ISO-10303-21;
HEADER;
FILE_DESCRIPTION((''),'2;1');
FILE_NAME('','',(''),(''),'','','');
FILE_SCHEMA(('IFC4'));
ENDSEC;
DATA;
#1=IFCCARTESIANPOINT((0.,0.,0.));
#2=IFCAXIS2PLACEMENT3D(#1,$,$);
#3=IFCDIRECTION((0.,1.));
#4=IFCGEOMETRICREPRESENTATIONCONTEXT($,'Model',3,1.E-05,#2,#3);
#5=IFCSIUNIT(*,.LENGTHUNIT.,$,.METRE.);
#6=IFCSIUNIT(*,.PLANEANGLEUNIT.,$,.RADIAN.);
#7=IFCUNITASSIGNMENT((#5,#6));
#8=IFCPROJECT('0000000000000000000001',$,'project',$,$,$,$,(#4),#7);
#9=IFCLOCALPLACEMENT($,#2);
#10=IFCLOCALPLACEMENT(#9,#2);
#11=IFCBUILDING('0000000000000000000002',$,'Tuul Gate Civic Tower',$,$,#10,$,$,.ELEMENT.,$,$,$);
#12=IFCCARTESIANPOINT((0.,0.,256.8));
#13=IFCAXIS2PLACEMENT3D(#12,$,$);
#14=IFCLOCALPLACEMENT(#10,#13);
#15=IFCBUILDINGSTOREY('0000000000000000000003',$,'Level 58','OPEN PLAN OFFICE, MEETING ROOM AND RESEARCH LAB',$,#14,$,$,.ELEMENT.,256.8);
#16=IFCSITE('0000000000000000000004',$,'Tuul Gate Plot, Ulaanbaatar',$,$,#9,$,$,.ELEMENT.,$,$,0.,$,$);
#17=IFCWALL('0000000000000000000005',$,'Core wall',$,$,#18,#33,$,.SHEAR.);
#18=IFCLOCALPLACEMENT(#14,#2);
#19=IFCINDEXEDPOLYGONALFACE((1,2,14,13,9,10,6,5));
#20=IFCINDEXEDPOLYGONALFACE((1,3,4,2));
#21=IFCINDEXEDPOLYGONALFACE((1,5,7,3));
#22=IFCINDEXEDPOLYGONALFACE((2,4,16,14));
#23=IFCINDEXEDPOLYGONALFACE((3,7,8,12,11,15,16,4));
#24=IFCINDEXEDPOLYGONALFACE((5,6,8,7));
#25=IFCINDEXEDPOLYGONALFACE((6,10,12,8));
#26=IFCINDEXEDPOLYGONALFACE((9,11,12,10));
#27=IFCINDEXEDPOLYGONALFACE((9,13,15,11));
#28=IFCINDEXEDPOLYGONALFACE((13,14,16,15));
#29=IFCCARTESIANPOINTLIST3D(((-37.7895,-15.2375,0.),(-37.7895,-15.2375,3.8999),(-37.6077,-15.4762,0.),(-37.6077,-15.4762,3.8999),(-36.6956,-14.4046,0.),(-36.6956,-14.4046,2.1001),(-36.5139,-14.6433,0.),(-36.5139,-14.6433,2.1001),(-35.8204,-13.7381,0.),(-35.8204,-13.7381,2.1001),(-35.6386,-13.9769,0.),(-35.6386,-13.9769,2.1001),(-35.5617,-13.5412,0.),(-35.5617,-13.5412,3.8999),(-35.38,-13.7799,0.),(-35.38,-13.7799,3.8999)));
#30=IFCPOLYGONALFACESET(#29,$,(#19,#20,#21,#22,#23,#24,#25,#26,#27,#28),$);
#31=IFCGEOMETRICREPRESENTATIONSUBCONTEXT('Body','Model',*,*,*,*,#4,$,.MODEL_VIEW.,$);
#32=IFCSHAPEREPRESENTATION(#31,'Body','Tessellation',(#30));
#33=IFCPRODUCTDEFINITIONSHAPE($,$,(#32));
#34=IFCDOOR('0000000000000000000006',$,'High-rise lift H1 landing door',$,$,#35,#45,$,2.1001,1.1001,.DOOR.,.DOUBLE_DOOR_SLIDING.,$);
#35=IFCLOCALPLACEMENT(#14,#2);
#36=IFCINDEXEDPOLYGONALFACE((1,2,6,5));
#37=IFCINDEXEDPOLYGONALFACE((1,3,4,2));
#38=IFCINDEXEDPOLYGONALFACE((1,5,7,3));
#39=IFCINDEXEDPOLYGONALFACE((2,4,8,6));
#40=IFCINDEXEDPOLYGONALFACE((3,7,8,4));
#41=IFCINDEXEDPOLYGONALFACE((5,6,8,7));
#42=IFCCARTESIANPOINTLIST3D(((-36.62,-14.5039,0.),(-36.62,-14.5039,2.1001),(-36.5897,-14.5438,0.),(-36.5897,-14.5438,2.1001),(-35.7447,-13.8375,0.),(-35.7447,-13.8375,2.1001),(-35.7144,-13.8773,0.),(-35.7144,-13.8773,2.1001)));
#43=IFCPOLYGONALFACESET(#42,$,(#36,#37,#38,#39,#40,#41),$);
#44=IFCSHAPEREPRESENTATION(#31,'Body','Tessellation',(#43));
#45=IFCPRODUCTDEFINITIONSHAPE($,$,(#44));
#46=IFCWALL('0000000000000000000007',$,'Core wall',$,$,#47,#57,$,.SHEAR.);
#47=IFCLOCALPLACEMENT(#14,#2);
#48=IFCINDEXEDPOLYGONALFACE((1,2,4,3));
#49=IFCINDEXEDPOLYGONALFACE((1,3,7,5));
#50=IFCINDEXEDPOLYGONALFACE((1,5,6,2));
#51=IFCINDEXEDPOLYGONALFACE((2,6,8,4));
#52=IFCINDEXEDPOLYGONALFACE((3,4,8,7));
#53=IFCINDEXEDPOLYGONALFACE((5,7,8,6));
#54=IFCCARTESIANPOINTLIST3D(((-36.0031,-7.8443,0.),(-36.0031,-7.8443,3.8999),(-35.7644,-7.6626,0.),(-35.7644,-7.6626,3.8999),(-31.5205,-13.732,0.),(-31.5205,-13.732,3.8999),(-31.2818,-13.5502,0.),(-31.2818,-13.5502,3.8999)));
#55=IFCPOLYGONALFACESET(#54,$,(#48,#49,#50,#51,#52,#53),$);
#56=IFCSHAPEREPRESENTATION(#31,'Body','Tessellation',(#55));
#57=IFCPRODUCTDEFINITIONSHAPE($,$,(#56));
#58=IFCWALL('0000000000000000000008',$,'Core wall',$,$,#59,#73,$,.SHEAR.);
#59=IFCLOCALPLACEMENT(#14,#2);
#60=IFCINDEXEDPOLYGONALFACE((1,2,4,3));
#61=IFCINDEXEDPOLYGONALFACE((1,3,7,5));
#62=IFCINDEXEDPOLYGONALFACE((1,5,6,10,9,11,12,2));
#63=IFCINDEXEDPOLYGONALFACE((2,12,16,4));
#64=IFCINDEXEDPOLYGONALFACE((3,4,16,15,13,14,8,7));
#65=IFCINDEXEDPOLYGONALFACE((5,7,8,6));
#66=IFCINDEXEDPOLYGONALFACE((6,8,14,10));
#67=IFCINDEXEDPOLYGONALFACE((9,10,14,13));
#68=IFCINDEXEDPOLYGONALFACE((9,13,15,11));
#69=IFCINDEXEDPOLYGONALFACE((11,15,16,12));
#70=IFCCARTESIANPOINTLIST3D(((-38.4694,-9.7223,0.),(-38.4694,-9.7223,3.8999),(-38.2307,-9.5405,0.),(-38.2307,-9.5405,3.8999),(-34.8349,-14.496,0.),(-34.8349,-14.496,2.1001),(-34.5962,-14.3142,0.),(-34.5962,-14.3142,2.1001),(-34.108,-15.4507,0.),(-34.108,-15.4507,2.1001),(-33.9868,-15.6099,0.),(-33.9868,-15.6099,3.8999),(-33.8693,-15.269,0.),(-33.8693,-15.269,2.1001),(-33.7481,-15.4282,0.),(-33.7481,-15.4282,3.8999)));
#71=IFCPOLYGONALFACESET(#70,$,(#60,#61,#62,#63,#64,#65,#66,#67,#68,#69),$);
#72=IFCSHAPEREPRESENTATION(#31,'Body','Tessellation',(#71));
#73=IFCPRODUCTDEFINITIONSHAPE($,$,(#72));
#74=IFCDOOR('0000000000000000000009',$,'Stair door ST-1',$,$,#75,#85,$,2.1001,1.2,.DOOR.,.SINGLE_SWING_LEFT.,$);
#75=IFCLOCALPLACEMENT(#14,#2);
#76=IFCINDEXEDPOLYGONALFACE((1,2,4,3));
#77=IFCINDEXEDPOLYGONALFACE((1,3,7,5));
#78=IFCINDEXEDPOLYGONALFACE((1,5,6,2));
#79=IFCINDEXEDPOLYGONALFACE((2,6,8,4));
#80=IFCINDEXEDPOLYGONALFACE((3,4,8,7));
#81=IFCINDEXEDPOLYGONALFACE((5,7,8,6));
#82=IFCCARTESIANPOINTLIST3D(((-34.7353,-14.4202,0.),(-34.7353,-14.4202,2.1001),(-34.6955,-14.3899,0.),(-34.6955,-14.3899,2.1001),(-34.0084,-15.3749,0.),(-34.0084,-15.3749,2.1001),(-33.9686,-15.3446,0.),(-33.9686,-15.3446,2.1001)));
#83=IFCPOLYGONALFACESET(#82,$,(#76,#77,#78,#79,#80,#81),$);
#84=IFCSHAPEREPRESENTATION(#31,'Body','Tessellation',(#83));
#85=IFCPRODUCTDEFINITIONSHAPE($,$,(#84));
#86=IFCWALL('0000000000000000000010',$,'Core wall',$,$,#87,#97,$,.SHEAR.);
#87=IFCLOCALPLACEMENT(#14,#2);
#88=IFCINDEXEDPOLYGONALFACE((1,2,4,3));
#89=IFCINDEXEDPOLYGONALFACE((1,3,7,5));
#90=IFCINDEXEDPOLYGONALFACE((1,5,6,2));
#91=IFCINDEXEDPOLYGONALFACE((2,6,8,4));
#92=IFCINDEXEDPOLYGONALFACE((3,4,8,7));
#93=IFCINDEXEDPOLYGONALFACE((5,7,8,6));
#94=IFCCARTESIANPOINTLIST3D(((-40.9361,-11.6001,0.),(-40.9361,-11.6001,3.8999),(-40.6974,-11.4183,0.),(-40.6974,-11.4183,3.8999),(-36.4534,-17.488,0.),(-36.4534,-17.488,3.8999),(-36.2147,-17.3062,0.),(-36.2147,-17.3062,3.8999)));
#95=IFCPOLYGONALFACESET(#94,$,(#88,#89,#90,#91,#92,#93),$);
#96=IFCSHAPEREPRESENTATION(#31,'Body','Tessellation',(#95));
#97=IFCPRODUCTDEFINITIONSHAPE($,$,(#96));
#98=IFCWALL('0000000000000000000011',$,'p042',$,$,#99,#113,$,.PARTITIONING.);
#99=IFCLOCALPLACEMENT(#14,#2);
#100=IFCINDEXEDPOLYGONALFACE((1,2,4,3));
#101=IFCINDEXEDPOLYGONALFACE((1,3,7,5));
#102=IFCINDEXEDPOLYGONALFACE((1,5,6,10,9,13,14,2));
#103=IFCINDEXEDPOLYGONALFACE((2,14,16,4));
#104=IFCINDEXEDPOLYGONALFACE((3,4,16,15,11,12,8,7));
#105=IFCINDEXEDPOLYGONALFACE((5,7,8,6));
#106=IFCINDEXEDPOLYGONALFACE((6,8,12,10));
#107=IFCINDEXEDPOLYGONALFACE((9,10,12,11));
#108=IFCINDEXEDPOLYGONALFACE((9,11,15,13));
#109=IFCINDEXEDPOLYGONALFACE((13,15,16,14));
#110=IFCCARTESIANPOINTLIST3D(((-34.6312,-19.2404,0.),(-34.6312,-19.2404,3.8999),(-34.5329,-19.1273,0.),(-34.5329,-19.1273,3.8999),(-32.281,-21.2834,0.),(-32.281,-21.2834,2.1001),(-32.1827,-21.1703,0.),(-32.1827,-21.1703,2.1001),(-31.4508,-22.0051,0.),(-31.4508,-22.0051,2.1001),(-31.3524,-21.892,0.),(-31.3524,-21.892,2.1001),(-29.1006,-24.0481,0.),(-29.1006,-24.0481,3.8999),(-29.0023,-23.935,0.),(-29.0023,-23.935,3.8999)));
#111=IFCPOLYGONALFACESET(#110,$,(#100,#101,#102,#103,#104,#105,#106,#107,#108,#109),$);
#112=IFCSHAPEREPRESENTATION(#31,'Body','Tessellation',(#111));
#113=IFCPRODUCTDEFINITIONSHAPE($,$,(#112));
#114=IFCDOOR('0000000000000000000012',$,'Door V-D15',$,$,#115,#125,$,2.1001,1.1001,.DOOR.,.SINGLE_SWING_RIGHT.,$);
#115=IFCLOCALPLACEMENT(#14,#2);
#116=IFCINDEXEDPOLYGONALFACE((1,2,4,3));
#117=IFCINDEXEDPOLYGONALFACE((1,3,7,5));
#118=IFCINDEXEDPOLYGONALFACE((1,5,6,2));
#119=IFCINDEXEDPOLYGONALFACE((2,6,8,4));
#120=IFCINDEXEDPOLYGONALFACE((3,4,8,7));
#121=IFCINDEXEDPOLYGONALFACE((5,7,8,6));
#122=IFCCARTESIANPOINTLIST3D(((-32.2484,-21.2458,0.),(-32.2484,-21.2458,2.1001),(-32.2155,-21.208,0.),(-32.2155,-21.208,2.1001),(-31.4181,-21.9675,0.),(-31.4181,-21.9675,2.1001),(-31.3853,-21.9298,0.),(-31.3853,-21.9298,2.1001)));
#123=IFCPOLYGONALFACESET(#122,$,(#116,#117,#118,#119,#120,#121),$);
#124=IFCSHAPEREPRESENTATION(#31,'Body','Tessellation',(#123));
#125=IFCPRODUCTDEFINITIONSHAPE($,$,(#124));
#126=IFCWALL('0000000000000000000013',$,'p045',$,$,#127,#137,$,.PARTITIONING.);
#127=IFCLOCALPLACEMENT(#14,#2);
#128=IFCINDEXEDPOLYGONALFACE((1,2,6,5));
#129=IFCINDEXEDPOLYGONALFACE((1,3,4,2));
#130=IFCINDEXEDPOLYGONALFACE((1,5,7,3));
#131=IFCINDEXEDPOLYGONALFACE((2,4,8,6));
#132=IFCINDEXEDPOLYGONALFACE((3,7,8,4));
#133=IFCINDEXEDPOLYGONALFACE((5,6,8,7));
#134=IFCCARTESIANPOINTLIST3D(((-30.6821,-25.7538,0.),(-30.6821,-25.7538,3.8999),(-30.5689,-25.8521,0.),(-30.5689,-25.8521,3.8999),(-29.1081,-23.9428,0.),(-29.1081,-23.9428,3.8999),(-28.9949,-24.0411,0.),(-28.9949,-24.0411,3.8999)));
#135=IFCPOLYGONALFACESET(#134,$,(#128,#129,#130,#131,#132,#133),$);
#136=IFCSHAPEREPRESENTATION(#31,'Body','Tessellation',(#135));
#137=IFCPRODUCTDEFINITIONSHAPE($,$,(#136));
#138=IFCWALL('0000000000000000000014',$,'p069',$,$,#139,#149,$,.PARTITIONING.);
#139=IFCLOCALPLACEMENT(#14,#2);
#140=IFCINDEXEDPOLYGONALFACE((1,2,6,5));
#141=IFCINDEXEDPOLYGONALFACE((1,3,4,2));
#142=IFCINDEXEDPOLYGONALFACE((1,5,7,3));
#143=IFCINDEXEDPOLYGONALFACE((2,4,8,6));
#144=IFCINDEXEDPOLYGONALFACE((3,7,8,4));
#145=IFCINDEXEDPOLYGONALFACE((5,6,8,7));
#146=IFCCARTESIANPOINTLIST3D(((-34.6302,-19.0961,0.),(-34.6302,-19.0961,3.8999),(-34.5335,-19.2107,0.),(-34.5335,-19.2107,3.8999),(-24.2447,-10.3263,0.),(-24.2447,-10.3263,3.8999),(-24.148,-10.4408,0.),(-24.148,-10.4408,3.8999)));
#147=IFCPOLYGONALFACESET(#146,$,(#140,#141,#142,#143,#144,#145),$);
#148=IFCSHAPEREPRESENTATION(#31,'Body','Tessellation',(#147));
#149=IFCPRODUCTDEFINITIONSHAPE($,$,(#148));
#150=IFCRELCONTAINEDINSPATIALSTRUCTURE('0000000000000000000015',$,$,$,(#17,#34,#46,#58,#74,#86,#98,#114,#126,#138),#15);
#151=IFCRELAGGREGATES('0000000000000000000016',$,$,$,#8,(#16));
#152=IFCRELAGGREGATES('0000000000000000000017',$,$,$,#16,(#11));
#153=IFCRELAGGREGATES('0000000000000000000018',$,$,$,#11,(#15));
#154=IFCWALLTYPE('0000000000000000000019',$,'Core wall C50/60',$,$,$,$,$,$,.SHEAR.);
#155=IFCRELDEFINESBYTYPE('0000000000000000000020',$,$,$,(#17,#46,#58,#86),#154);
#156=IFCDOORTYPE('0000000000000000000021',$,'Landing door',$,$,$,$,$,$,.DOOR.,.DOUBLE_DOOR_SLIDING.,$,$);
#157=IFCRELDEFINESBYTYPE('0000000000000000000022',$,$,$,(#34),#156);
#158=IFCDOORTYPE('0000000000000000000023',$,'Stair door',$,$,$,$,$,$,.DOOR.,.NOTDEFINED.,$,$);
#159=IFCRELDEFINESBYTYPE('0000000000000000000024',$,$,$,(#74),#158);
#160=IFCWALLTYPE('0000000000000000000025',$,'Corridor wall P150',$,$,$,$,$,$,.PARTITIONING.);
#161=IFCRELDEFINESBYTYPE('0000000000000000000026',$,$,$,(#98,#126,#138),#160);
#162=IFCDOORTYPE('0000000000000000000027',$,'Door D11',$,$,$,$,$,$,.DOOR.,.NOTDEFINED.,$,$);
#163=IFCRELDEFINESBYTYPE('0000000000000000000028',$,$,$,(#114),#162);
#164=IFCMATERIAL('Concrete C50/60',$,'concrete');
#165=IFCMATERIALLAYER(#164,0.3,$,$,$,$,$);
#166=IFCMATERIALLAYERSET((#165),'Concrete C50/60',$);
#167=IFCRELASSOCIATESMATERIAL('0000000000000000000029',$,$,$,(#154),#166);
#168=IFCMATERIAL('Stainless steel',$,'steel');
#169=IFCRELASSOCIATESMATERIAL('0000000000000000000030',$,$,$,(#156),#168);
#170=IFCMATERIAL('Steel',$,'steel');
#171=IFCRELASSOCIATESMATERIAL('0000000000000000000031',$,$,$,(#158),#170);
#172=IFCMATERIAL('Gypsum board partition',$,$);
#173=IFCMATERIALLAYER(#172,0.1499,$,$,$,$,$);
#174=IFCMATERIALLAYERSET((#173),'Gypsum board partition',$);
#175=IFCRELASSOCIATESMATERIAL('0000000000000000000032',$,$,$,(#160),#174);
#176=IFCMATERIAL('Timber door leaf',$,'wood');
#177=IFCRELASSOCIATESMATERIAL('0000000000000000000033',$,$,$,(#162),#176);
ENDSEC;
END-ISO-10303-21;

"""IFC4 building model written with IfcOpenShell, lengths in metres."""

from ifc_helpers import new_model, si_unit, direction, frame, frame_2d, origin, place, context, subcontext, project, spatial, rectangle, extrude, material, layer, layer_set, type_object, element, fill, save


model = new_model("IFC4")

# Units and contexts
model_context = context("Model", 3, precision=1e-05, world=origin(), true_north=direction((0.0, 1.0)))
body_context = subcontext(model_context, "Body", "Model", "MODEL_VIEW")
ifc_project = project(units=[si_unit("LENGTHUNIT", "METRE"), si_unit("PLANEANGLEUNIT", "RADIAN")], contexts=[model_context])

# Site, building, storey
site_placement = place(None, origin())
site = spatial("IfcSite", under=ifc_project, at=site_placement, Name="Tuul Gate Plot, Ulaanbaatar", CompositionType="ELEMENT", RefElevation=0.0)
building_placement = place(site_placement, origin())
building = spatial("IfcBuilding", under=site, at=building_placement, Name="Tuul Gate Civic Tower", CompositionType="ELEMENT")
storey_placement = place(building_placement, frame((0.0, 0.0, 256.8)))
storey = spatial("IfcBuildingStorey", under=building, at=storey_placement, Name="Level 58", Description="OPEN PLAN OFFICE, MEETING ROOM AND RESEARCH LAB", CompositionType="ELEMENT", Elevation=256.8)

# Wall, opening, door
ifc_material_1 = material(Name="Concrete C50/60", Category="concrete")
ifc_layer_1 = layer(ifc_material_1, 0.3)
ifc_layer_set_1 = layer_set([ifc_layer_1], Name="Concrete C50/60")
wall_type_1 = type_object("IfcWallType", Name="Core wall C50/60", PredefinedType="SHEAR", material=ifc_layer_set_1)
wall_1_placement = place(storey_placement, frame((-35.4709, -13.6606, 0.0), z_axis=(0.0, 0.0, 1.0), x_axis=(-0.795616, -0.605802, 0.0)))
wall_1 = element("IfcWall", 1, at=wall_1_placement, inside=storey, type_object=wall_type_1, Name="Core wall", PredefinedType="SHEAR", context=body_context, shape_type="SweptSolid", body=[
    extrude(rectangle(XDim=2.8, YDim=0.3, at=frame_2d((1.3999, 0.0))), origin(), (0.0, 0.0, 1.0), 3.8999),
])
opening_1_placement = place(wall_1_placement, frame((0.325, 0.0, 0.0)))
opening_1 = element("IfcOpeningElement", 2, at=opening_1_placement, cuts=wall_1, PredefinedType="OPENING", context=body_context, shape_type="SweptSolid", body=[
    extrude(rectangle(XDim=1.1001, YDim=2.1001, at=frame_2d((0.55, 1.05))), frame((0.0, 0.1602, 0.0), z_axis=(0.0, -1.0, 0.0), x_axis=(1.0, 0.0, 0.0)), (0.0, 0.0, 1.0), 0.3201),
])
ifc_material_2 = material(Name="Stainless steel", Category="steel")
door_type_1 = type_object("IfcDoorType", Name="Landing door", OperationType="DOUBLE_DOOR_SLIDING", PredefinedType="DOOR", material=ifc_material_2)
door_1_placement = place(opening_1_placement, origin())
door_1 = element("IfcDoor", 3, at=door_1_placement, inside=storey, type_object=door_type_1, Name="High-rise lift H1 landing door", OperationType="DOUBLE_DOOR_SLIDING", OverallHeight=2.1001, OverallWidth=1.1001, PredefinedType="DOOR", context=body_context, shape_type="SweptSolid", body=[
    extrude(rectangle(XDim=1.1001, YDim=2.1001, at=frame_2d((0.55, 1.05))), frame((0.0, 0.0249, 0.0), z_axis=(0.0, -1.0, 0.0), x_axis=(1.0, 0.0, 0.0)), (0.0, 0.0, 1.0), 0.05),
])
fill(opening_1, door_1)

# Wall
wall_2_placement = place(storey_placement, frame((-31.4011, -13.6411, 0.0), z_axis=(0.0, 0.0, 1.0), x_axis=(-0.60577, 0.79564, 0.0)))
element("IfcWall", 4, at=wall_2_placement, inside=storey, type_object=wall_type_1, Name="Core wall", PredefinedType="SHEAR", context=body_context, shape_type="SweptSolid", body=[
    extrude(rectangle(XDim=7.3999, YDim=0.3, at=frame_2d((3.7, 0.0))), origin(), (0.0, 0.0, 1.0), 3.8999),
])

# Wall, opening, door
wall_3_placement = place(storey_placement, frame((-33.8674, -15.519, 0.0), z_axis=(0.0, 0.0, 1.0), x_axis=(-0.60577, 0.79564, 0.0)))
wall_3 = element("IfcWall", 5, at=wall_3_placement, inside=storey, type_object=wall_type_1, Name="Core wall", PredefinedType="SHEAR", context=body_context, shape_type="SweptSolid", body=[
    extrude(rectangle(XDim=7.3999, YDim=0.3, at=frame_2d((3.7, 0.0))), origin(), (0.0, 0.0, 1.0), 3.8999),
])
opening_2_placement = place(wall_3_placement, frame((0.2, 0.0, 0.0)))
opening_2 = element("IfcOpeningElement", 6, at=opening_2_placement, cuts=wall_3, PredefinedType="OPENING", context=body_context, shape_type="SweptSolid", body=[
    extrude(rectangle(XDim=1.2, YDim=2.1001, at=frame_2d((0.6001, 1.05))), frame((0.0, 0.1602, 0.0), z_axis=(0.0, -1.0, 0.0), x_axis=(1.0, 0.0, 0.0)), (0.0, 0.0, 1.0), 0.3201),
])
ifc_material_3 = material(Name="Steel", Category="steel")
door_type_2 = type_object("IfcDoorType", Name="Stair door", OperationType="NOTDEFINED", PredefinedType="DOOR", material=ifc_material_3)
door_2_placement = place(opening_2_placement, origin())
door_2 = element("IfcDoor", 7, at=door_2_placement, inside=storey, type_object=door_type_2, Name="Stair door ST-1", OperationType="SINGLE_SWING_LEFT", OverallHeight=2.1001, OverallWidth=1.2, PredefinedType="DOOR", context=body_context, shape_type="SweptSolid", body=[
    extrude(rectangle(XDim=1.2, YDim=2.1001, at=frame_2d((0.6001, 1.05))), frame((0.0, 0.0249, 0.0), z_axis=(0.0, -1.0, 0.0), x_axis=(1.0, 0.0, 0.0)), (0.0, 0.0, 1.0), 0.05),
])
fill(opening_2, door_2)

# Wall
wall_4_placement = place(storey_placement, frame((-36.334, -17.3972, 0.0), z_axis=(0.0, 0.0, 1.0), x_axis=(-0.605754, 0.795652, 0.0)))
element("IfcWall", 8, at=wall_4_placement, inside=storey, type_object=wall_type_1, Name="Core wall", PredefinedType="SHEAR", context=body_context, shape_type="SweptSolid", body=[
    extrude(rectangle(XDim=7.4001, YDim=0.3, at=frame_2d((3.7002, 0.0))), origin(), (0.0, 0.0, 1.0), 3.8999),
])

# Wall, opening, door
ifc_material_4 = material(Name="Gypsum board partition")
ifc_layer_2 = layer(ifc_material_4, 0.1499)
ifc_layer_set_2 = layer_set([ifc_layer_2], Name="Gypsum board partition")
wall_type_2 = type_object("IfcWallType", Name="Corridor wall P150", PredefinedType="PARTITIONING", material=ifc_layer_set_2)
wall_5_placement = place(storey_placement, frame((-34.582, -19.1838, 0.0), z_axis=(0.0, 0.0, 1.0), x_axis=(0.754709, -0.65606, 0.0)))
wall_5 = element("IfcWall", 9, at=wall_5_placement, inside=storey, type_object=wall_type_2, Name="p042", PredefinedType="PARTITIONING", context=body_context, shape_type="SweptSolid", body=[
    extrude(rectangle(XDim=7.3281, YDim=0.1499, at=frame_2d((3.6641, 0.0))), origin(), (0.0, 0.0, 1.0), 3.8999),
])
opening_3_placement = place(wall_5_placement, frame((3.114, 0.0, 0.0)))
opening_3 = element("IfcOpeningElement", 10, at=opening_3_placement, cuts=wall_5, PredefinedType="OPENING", context=body_context, shape_type="SweptSolid", body=[
    extrude(rectangle(XDim=1.1001, YDim=2.1001, at=frame_2d((0.55, 1.05))), frame((0.0, 0.085, 0.0), z_axis=(0.0, -1.0, 0.0), x_axis=(1.0, 0.0, 0.0)), (0.0, 0.0, 1.0), 0.1699),
])
ifc_material_5 = material(Name="Timber door leaf", Category="wood")
door_type_3 = type_object("IfcDoorType", Name="Door D11", OperationType="NOTDEFINED", PredefinedType="DOOR", material=ifc_material_5)
door_3_placement = place(opening_3_placement, origin())
door_3 = element("IfcDoor", 11, at=door_3_placement, inside=storey, type_object=door_type_3, Name="Door V-D15", OperationType="SINGLE_SWING_RIGHT", OverallHeight=2.1001, OverallWidth=1.1001, PredefinedType="DOOR", context=body_context, shape_type="SweptSolid", body=[
    extrude(rectangle(XDim=1.1001, YDim=2.1001, at=frame_2d((0.55, 1.05))), frame((0.0, 0.0249, 0.0), z_axis=(0.0, -1.0, 0.0), x_axis=(1.0, 0.0, 0.0)), (0.0, 0.0, 1.0), 0.05),
])
fill(opening_3, door_3)

# Walls
wall_6_placement = place(storey_placement, frame((-30.6255, -25.803, 0.0), z_axis=(0.0, 0.0, 1.0), x_axis=(0.65598, 0.754779, 0.0)))
element("IfcWall", 12, at=wall_6_placement, inside=storey, type_object=wall_type_2, Name="p045", PredefinedType="PARTITIONING", context=body_context, shape_type="SweptSolid", body=[
    extrude(rectangle(XDim=2.3994, YDim=0.1499, at=frame_2d((1.1997, 0.0))), origin(), (0.0, 0.0, 1.0), 3.8999),
])
wall_7_placement = place(storey_placement, frame((-34.5818, -19.1533, 0.0), z_axis=(0.0, 0.0, 1.0), x_axis=(0.764037, 0.645172, 0.0)))
element("IfcWall", 13, at=wall_7_placement, inside=storey, type_object=wall_type_2, Name="p069", PredefinedType="PARTITIONING", context=body_context, shape_type="SweptSolid", body=[
    extrude(rectangle(XDim=13.593, YDim=0.1499, at=frame_2d((6.7964, 0.0))), origin(), (0.0, 0.0, 1.0), 3.8999),
])

save(model, "model.ifc")
